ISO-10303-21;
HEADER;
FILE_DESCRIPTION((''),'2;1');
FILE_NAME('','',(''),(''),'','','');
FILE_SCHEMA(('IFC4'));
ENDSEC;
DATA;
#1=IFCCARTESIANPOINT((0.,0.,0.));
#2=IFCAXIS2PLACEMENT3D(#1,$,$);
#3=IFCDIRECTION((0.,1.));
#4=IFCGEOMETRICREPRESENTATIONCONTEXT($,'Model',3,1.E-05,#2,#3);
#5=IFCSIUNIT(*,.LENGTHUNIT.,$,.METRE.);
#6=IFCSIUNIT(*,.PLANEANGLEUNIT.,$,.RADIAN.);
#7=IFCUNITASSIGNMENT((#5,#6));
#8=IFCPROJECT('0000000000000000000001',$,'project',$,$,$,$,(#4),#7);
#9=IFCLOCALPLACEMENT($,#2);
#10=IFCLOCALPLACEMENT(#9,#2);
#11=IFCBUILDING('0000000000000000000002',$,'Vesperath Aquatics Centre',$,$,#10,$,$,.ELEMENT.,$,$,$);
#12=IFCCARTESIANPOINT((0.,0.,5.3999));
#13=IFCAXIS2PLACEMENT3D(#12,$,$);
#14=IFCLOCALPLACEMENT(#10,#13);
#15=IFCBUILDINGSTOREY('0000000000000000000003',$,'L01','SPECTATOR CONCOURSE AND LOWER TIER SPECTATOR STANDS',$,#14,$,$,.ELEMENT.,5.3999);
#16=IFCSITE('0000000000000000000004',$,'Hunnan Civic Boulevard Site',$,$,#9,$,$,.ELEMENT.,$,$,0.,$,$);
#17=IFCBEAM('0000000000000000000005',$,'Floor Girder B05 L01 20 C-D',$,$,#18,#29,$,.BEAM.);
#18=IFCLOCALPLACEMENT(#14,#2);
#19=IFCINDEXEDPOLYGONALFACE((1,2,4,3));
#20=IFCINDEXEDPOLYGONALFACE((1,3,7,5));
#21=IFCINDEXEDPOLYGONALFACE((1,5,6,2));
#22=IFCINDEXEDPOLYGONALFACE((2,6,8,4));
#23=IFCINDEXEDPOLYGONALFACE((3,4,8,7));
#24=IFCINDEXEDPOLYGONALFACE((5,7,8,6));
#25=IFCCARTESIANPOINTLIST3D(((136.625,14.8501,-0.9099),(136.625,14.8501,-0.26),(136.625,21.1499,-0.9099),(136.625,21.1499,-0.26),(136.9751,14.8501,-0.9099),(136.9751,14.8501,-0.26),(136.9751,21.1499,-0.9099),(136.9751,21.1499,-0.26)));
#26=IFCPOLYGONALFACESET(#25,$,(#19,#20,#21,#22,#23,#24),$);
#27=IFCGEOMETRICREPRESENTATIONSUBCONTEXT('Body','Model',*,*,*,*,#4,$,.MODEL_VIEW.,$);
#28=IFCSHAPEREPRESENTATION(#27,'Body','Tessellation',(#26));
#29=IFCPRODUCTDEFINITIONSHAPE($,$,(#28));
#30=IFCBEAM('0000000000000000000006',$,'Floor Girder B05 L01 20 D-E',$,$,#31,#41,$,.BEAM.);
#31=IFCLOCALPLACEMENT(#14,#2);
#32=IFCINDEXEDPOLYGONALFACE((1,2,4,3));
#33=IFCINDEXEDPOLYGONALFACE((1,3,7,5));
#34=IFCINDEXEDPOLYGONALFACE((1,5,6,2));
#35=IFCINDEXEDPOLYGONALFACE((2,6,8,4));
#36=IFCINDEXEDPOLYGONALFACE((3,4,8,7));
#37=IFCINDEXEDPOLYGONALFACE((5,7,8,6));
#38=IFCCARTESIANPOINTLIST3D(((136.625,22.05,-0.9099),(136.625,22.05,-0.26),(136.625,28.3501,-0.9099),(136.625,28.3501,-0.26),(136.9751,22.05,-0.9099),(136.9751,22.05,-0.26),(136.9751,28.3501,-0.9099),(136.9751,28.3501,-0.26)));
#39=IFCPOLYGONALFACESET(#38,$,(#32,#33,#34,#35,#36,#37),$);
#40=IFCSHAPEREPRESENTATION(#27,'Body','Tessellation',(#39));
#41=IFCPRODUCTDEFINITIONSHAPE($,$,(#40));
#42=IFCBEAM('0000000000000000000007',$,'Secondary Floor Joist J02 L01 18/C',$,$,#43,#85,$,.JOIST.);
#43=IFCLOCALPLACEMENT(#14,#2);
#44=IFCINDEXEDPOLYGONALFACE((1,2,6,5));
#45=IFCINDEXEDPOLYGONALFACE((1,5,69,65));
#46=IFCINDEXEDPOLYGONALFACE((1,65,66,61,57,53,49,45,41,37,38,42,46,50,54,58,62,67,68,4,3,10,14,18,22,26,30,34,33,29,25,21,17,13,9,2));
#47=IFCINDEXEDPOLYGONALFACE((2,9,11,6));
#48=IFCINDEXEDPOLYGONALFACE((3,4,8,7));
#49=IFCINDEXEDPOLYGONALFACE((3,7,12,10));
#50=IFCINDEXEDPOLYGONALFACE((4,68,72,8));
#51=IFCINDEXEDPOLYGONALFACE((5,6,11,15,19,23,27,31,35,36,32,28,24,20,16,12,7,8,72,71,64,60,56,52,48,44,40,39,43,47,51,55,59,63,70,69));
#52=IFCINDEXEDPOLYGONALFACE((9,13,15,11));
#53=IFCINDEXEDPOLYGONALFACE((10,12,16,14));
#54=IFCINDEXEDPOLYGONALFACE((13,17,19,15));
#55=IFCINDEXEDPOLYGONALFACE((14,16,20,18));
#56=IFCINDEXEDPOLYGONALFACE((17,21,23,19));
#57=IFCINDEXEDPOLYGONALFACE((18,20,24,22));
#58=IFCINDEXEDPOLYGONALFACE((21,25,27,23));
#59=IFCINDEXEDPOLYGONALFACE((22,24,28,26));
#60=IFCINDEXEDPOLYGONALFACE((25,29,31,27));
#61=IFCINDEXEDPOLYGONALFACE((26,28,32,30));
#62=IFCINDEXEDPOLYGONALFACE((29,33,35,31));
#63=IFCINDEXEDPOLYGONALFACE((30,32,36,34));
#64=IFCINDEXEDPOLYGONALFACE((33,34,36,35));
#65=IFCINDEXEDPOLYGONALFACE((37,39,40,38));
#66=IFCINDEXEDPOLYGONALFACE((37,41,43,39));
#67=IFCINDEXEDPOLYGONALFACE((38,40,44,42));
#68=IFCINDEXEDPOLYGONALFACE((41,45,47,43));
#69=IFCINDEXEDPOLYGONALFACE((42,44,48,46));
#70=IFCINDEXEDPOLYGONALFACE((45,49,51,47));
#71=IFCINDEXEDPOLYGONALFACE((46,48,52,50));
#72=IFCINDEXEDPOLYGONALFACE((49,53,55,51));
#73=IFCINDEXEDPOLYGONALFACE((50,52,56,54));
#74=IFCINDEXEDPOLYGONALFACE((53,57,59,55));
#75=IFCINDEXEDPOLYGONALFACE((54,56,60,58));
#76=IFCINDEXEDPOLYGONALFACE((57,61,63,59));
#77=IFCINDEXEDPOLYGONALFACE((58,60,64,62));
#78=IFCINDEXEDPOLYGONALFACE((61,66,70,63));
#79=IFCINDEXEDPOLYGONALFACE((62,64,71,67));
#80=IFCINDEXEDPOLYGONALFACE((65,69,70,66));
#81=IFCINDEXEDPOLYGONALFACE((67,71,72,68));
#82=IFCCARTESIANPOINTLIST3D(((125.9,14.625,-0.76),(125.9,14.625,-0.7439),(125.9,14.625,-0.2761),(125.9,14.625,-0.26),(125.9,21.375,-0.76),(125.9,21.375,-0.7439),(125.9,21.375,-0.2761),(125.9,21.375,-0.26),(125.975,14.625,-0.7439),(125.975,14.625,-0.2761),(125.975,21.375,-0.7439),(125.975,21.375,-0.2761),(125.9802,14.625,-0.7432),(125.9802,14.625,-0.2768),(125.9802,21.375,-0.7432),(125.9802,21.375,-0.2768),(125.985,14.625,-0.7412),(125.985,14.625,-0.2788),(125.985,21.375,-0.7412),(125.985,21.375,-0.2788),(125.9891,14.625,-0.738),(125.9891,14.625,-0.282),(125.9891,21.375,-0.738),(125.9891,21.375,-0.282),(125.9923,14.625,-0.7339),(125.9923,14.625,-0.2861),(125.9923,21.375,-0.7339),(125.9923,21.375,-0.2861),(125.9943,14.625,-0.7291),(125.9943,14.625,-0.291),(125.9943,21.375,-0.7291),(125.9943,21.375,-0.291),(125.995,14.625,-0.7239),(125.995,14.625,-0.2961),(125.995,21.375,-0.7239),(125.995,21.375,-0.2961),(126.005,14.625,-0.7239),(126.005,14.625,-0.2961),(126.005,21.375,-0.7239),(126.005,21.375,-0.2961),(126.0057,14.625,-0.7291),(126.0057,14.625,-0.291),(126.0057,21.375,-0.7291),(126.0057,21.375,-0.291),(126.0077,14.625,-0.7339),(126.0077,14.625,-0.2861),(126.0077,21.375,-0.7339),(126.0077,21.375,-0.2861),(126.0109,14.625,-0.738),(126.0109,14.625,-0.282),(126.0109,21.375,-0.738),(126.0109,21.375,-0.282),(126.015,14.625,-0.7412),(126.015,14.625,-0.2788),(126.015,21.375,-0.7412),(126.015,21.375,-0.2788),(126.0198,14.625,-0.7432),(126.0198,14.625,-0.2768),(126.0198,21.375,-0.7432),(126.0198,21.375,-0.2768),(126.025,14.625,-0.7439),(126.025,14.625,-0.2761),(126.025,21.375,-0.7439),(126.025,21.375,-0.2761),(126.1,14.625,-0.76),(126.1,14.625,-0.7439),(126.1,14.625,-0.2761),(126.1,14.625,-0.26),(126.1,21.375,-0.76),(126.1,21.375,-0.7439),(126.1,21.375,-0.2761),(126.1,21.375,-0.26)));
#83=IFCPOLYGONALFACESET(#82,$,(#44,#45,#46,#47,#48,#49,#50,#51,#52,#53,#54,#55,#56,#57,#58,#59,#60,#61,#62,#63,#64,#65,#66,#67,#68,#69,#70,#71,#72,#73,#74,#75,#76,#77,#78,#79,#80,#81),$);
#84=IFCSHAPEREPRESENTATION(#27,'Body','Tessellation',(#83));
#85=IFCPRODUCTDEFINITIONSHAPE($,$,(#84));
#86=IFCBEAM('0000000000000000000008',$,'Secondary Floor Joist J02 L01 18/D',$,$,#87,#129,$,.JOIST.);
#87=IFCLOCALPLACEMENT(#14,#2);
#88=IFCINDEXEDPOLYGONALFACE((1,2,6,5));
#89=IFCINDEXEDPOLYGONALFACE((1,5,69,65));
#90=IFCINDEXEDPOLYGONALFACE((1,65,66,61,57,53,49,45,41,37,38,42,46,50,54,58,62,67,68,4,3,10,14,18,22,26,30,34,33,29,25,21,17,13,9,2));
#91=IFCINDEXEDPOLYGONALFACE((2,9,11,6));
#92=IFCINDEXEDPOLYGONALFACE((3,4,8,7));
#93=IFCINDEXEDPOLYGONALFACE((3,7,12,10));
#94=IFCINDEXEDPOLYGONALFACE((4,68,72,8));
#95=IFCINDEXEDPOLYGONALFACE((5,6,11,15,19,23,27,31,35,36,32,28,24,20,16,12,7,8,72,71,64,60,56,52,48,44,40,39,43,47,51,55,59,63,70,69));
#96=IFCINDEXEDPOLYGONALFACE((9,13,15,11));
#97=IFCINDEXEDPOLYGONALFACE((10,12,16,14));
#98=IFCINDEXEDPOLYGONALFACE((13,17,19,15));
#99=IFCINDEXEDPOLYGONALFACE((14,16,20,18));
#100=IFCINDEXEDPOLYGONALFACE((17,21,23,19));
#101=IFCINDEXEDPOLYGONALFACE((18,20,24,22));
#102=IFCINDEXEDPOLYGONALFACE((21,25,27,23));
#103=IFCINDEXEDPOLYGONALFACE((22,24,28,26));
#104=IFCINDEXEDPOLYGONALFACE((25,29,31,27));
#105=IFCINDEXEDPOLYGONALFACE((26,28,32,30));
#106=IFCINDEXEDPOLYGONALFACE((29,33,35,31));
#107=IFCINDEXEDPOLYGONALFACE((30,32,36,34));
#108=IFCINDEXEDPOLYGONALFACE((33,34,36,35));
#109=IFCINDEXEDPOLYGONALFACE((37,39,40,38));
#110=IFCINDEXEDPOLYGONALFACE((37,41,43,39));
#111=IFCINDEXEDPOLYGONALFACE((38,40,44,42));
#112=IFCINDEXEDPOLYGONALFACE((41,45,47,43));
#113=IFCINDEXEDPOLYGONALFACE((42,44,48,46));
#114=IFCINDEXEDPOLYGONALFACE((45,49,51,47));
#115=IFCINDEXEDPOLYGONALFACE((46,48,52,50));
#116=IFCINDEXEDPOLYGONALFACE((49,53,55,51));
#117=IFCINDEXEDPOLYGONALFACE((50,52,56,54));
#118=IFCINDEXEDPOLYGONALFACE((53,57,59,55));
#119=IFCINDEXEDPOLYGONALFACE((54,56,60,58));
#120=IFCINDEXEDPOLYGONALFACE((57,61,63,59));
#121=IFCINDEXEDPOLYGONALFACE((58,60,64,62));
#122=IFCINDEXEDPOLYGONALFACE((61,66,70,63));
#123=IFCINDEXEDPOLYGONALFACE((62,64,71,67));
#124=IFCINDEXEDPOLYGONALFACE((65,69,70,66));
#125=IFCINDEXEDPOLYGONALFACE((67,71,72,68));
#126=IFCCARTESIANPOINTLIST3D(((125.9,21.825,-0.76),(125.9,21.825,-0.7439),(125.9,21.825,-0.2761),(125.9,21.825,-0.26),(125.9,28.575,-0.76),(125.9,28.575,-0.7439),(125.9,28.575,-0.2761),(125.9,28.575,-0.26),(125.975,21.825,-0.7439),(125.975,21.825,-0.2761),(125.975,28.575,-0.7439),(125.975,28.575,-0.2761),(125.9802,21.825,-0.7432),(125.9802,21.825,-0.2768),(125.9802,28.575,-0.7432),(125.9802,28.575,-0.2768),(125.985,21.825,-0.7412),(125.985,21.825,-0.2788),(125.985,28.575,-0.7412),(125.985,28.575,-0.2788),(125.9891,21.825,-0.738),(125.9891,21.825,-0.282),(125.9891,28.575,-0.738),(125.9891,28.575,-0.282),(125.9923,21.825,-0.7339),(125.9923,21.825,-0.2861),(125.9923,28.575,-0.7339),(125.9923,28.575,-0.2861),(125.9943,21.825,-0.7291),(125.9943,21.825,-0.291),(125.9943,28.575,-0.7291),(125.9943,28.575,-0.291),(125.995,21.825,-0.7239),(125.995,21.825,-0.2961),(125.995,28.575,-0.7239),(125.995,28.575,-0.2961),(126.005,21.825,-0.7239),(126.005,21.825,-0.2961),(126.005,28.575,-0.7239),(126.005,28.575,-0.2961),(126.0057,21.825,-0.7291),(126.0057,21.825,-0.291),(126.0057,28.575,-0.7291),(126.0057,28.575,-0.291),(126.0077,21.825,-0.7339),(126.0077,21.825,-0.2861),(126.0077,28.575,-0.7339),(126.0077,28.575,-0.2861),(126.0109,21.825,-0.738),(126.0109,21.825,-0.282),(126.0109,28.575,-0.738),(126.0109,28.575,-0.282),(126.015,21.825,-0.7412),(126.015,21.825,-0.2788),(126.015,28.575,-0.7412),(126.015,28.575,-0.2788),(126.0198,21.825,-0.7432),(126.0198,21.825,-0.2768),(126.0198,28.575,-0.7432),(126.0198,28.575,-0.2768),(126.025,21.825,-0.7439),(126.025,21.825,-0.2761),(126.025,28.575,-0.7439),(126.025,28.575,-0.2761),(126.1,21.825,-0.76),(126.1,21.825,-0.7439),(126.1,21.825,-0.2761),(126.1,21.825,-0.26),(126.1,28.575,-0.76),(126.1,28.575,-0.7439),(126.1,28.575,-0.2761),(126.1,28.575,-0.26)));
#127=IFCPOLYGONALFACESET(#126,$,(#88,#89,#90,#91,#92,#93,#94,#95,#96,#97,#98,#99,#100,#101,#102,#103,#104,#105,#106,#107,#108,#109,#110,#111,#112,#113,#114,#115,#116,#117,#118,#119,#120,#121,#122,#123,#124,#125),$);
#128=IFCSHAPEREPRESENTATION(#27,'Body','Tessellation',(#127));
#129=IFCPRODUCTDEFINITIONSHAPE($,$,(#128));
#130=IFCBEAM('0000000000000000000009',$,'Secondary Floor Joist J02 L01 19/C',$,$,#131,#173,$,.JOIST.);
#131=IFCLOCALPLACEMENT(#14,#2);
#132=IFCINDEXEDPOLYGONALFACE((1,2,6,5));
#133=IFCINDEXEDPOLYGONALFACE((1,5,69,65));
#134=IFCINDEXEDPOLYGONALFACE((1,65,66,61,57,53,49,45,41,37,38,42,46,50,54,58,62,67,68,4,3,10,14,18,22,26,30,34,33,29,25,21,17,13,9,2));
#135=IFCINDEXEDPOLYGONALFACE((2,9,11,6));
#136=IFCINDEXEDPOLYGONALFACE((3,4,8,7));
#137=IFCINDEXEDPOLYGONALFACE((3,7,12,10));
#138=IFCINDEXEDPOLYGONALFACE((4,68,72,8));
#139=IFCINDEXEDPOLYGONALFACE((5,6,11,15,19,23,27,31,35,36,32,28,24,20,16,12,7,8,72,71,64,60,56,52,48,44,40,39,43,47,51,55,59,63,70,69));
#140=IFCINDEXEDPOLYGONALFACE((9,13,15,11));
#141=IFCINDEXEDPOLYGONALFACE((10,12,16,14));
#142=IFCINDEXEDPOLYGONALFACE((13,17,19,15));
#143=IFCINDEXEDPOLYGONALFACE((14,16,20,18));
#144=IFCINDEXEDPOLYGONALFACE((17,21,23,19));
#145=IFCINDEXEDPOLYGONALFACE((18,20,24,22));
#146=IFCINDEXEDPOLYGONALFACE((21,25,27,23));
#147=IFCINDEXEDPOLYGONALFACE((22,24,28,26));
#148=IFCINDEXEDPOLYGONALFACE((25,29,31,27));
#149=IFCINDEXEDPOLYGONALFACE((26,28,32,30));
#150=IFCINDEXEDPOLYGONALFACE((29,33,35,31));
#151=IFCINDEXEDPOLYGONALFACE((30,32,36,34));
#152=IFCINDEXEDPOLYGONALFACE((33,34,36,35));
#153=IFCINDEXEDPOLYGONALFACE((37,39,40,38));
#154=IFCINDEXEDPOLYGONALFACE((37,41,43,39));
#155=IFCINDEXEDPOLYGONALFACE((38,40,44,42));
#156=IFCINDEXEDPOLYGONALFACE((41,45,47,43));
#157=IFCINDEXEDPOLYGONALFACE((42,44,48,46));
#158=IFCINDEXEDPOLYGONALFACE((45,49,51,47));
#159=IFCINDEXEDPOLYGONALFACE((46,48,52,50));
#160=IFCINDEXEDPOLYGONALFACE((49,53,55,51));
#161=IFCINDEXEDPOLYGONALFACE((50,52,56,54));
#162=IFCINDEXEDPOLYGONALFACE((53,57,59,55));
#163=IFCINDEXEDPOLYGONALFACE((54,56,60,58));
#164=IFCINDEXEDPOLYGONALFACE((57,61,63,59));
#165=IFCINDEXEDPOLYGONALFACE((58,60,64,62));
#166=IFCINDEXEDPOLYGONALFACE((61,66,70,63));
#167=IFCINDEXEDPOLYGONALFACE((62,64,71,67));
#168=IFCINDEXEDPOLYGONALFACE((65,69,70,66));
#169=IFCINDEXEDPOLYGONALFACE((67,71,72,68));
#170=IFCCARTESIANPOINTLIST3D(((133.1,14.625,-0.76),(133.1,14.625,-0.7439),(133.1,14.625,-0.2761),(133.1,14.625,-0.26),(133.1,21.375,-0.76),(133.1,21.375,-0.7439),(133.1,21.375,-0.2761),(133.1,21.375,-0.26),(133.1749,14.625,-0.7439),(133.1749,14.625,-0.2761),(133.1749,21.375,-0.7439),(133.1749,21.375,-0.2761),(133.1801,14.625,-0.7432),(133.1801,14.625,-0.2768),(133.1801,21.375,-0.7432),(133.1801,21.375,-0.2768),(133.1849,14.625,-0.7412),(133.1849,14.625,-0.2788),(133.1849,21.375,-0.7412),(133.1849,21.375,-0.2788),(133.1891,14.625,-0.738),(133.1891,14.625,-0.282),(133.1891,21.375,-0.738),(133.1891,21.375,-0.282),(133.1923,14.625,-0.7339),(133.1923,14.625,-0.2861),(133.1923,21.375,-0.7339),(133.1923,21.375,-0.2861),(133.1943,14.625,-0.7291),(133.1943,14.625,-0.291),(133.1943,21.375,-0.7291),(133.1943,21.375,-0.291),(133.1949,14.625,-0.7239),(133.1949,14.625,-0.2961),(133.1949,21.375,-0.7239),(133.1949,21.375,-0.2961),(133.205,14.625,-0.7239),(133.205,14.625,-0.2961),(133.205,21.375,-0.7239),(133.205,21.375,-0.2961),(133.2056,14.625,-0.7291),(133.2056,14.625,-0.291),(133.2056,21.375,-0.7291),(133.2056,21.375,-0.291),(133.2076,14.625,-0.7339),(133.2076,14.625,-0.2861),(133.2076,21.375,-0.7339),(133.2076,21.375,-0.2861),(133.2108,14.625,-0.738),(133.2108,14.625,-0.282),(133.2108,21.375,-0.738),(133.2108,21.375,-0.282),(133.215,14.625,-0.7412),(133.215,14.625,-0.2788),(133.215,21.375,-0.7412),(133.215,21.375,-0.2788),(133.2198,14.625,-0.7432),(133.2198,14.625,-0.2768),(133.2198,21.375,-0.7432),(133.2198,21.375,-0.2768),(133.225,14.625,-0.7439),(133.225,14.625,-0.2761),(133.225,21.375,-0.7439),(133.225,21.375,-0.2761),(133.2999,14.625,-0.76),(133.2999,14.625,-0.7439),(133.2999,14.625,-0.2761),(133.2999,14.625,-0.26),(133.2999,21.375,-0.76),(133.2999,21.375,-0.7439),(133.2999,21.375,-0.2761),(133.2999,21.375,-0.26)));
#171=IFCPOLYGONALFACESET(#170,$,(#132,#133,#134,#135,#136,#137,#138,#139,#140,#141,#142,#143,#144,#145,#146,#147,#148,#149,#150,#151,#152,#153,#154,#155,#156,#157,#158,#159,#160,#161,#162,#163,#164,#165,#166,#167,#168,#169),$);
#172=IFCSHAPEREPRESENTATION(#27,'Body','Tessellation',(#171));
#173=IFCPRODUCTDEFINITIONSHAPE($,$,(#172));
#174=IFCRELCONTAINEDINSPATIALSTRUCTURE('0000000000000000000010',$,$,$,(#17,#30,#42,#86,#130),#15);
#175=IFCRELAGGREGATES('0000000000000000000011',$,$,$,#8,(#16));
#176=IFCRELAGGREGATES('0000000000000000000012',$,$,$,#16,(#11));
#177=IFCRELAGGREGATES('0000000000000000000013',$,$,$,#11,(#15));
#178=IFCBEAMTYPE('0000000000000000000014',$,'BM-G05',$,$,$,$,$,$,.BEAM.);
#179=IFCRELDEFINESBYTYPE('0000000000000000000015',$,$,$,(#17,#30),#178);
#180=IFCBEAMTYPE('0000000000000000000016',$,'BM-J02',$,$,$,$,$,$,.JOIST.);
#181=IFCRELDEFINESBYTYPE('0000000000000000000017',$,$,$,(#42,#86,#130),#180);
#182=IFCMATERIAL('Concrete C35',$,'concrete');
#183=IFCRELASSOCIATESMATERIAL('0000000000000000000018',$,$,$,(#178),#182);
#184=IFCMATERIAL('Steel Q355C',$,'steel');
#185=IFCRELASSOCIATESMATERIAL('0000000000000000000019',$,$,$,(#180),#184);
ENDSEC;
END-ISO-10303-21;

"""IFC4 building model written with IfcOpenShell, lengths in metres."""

from ifc_helpers import new_model, si_unit, direction, frame, origin, origin_2d, place, context, subcontext, project, spatial, rectangle, i_section, extrude, material, material_profile, profile_set, type_object, element, save


model = new_model("IFC4")

# Units and contexts
model_context = context("Model", 3, precision=1e-05, world=origin(), true_north=direction((0.0, 1.0)))
body_context = subcontext(model_context, "Body", "Model", "MODEL_VIEW")
ifc_project = project(units=[si_unit("LENGTHUNIT", "METRE"), si_unit("PLANEANGLEUNIT", "RADIAN")], contexts=[model_context])

# Site, building, storey
site_placement = place(None, origin())
site = spatial("IfcSite", under=ifc_project, at=site_placement, Name="Hunnan Civic Boulevard Site", CompositionType="ELEMENT", RefElevation=0.0)
building_placement = place(site_placement, origin())
building = spatial("IfcBuilding", under=site, at=building_placement, Name="Vesperath Aquatics Centre", CompositionType="ELEMENT")
storey_placement = place(building_placement, frame((0.0, 0.0, 5.3999)))
storey = spatial("IfcBuildingStorey", under=building, at=storey_placement, Name="L01", Description="SPECTATOR CONCOURSE AND LOWER TIER SPECTATOR STANDS", CompositionType="ELEMENT", Elevation=5.3999)

# Beams
ifc_material_1 = material(Name="Concrete C35", Category="concrete")
ifc_material_profile_1 = material_profile(ifc_material_1, rectangle(XDim=0.3501, YDim=0.6499, at=origin_2d()), Name="RC 350x650")
ifc_profile_set_1 = profile_set([ifc_material_profile_1], Name="Concrete C35")
beam_type_1 = type_object("IfcBeamType", Name="BM-G05", PredefinedType="BEAM", material=ifc_profile_set_1)
beam_1_placement = place(storey_placement, frame((136.8, 14.8501, -0.585), z_axis=(0.0, 1.0, 0.0), x_axis=(-1.0, 0.0, 0.0)))
element("IfcBeam", 1, at=beam_1_placement, inside=storey, type_object=beam_type_1, Name="Floor Girder B05 L01 20 C-D", PredefinedType="BEAM", context=body_context, shape_type="SweptSolid", body=[
    extrude(rectangle(XDim=0.3501, YDim=0.6499, at=origin_2d()), origin(), (0.0, 0.0, 1.0), 6.2998),
])
beam_2_placement = place(storey_placement, frame((136.8, 22.05, -0.585), z_axis=(0.0, 1.0, 0.0), x_axis=(-1.0, 0.0, 0.0)))
element("IfcBeam", 2, at=beam_2_placement, inside=storey, type_object=beam_type_1, Name="Floor Girder B05 L01 20 D-E", PredefinedType="BEAM", context=body_context, shape_type="SweptSolid", body=[
    extrude(rectangle(XDim=0.3501, YDim=0.6499, at=origin_2d()), origin(), (0.0, 0.0, 1.0), 6.3),
])
ifc_material_2 = material(Name="Steel Q355C", Category="steel")
ifc_material_profile_2 = material_profile(ifc_material_2, i_section(OverallWidth=0.2, OverallDepth=0.5, WebThickness=0.01, FlangeThickness=0.0161, FilletRadius=0.02, at=origin_2d()), Name="HN 500x200x10x16")
ifc_profile_set_2 = profile_set([ifc_material_profile_2], Name="Steel Q355C")
beam_type_2 = type_object("IfcBeamType", Name="BM-J02", PredefinedType="JOIST", material=ifc_profile_set_2)
for number, where, z_axis, x_axis, name in (
    (3, (126.0, 14.625, -0.51), (0.0, 1.0, 0.0), (-1.0, 0.0, 0.0), "Secondary Floor Joist J02 L01 18/C"),
    (4, (126.0, 21.825, -0.51), (0.0, 1.0, 0.0), (-1.0, 0.0, 0.0), "Secondary Floor Joist J02 L01 18/D"),
    (5, (133.2, 14.625, -0.51), (0.0, 1.0, 0.0), (-1.0, 0.0, 0.0), "Secondary Floor Joist J02 L01 19/C"),
):
    element("IfcBeam", number, at=place(storey_placement, frame(where, z_axis=z_axis, x_axis=x_axis)), inside=storey, type_object=beam_type_2, Name=name, PredefinedType="JOIST", context=body_context, shape_type="SweptSolid", body=[
        extrude(i_section(OverallWidth=0.2, OverallDepth=0.5, WebThickness=0.01, FlangeThickness=0.0161, FilletRadius=0.02, at=origin_2d()), origin(), (0.0, 0.0, 1.0), 6.75),
    ])

save(model, "model.ifc")
